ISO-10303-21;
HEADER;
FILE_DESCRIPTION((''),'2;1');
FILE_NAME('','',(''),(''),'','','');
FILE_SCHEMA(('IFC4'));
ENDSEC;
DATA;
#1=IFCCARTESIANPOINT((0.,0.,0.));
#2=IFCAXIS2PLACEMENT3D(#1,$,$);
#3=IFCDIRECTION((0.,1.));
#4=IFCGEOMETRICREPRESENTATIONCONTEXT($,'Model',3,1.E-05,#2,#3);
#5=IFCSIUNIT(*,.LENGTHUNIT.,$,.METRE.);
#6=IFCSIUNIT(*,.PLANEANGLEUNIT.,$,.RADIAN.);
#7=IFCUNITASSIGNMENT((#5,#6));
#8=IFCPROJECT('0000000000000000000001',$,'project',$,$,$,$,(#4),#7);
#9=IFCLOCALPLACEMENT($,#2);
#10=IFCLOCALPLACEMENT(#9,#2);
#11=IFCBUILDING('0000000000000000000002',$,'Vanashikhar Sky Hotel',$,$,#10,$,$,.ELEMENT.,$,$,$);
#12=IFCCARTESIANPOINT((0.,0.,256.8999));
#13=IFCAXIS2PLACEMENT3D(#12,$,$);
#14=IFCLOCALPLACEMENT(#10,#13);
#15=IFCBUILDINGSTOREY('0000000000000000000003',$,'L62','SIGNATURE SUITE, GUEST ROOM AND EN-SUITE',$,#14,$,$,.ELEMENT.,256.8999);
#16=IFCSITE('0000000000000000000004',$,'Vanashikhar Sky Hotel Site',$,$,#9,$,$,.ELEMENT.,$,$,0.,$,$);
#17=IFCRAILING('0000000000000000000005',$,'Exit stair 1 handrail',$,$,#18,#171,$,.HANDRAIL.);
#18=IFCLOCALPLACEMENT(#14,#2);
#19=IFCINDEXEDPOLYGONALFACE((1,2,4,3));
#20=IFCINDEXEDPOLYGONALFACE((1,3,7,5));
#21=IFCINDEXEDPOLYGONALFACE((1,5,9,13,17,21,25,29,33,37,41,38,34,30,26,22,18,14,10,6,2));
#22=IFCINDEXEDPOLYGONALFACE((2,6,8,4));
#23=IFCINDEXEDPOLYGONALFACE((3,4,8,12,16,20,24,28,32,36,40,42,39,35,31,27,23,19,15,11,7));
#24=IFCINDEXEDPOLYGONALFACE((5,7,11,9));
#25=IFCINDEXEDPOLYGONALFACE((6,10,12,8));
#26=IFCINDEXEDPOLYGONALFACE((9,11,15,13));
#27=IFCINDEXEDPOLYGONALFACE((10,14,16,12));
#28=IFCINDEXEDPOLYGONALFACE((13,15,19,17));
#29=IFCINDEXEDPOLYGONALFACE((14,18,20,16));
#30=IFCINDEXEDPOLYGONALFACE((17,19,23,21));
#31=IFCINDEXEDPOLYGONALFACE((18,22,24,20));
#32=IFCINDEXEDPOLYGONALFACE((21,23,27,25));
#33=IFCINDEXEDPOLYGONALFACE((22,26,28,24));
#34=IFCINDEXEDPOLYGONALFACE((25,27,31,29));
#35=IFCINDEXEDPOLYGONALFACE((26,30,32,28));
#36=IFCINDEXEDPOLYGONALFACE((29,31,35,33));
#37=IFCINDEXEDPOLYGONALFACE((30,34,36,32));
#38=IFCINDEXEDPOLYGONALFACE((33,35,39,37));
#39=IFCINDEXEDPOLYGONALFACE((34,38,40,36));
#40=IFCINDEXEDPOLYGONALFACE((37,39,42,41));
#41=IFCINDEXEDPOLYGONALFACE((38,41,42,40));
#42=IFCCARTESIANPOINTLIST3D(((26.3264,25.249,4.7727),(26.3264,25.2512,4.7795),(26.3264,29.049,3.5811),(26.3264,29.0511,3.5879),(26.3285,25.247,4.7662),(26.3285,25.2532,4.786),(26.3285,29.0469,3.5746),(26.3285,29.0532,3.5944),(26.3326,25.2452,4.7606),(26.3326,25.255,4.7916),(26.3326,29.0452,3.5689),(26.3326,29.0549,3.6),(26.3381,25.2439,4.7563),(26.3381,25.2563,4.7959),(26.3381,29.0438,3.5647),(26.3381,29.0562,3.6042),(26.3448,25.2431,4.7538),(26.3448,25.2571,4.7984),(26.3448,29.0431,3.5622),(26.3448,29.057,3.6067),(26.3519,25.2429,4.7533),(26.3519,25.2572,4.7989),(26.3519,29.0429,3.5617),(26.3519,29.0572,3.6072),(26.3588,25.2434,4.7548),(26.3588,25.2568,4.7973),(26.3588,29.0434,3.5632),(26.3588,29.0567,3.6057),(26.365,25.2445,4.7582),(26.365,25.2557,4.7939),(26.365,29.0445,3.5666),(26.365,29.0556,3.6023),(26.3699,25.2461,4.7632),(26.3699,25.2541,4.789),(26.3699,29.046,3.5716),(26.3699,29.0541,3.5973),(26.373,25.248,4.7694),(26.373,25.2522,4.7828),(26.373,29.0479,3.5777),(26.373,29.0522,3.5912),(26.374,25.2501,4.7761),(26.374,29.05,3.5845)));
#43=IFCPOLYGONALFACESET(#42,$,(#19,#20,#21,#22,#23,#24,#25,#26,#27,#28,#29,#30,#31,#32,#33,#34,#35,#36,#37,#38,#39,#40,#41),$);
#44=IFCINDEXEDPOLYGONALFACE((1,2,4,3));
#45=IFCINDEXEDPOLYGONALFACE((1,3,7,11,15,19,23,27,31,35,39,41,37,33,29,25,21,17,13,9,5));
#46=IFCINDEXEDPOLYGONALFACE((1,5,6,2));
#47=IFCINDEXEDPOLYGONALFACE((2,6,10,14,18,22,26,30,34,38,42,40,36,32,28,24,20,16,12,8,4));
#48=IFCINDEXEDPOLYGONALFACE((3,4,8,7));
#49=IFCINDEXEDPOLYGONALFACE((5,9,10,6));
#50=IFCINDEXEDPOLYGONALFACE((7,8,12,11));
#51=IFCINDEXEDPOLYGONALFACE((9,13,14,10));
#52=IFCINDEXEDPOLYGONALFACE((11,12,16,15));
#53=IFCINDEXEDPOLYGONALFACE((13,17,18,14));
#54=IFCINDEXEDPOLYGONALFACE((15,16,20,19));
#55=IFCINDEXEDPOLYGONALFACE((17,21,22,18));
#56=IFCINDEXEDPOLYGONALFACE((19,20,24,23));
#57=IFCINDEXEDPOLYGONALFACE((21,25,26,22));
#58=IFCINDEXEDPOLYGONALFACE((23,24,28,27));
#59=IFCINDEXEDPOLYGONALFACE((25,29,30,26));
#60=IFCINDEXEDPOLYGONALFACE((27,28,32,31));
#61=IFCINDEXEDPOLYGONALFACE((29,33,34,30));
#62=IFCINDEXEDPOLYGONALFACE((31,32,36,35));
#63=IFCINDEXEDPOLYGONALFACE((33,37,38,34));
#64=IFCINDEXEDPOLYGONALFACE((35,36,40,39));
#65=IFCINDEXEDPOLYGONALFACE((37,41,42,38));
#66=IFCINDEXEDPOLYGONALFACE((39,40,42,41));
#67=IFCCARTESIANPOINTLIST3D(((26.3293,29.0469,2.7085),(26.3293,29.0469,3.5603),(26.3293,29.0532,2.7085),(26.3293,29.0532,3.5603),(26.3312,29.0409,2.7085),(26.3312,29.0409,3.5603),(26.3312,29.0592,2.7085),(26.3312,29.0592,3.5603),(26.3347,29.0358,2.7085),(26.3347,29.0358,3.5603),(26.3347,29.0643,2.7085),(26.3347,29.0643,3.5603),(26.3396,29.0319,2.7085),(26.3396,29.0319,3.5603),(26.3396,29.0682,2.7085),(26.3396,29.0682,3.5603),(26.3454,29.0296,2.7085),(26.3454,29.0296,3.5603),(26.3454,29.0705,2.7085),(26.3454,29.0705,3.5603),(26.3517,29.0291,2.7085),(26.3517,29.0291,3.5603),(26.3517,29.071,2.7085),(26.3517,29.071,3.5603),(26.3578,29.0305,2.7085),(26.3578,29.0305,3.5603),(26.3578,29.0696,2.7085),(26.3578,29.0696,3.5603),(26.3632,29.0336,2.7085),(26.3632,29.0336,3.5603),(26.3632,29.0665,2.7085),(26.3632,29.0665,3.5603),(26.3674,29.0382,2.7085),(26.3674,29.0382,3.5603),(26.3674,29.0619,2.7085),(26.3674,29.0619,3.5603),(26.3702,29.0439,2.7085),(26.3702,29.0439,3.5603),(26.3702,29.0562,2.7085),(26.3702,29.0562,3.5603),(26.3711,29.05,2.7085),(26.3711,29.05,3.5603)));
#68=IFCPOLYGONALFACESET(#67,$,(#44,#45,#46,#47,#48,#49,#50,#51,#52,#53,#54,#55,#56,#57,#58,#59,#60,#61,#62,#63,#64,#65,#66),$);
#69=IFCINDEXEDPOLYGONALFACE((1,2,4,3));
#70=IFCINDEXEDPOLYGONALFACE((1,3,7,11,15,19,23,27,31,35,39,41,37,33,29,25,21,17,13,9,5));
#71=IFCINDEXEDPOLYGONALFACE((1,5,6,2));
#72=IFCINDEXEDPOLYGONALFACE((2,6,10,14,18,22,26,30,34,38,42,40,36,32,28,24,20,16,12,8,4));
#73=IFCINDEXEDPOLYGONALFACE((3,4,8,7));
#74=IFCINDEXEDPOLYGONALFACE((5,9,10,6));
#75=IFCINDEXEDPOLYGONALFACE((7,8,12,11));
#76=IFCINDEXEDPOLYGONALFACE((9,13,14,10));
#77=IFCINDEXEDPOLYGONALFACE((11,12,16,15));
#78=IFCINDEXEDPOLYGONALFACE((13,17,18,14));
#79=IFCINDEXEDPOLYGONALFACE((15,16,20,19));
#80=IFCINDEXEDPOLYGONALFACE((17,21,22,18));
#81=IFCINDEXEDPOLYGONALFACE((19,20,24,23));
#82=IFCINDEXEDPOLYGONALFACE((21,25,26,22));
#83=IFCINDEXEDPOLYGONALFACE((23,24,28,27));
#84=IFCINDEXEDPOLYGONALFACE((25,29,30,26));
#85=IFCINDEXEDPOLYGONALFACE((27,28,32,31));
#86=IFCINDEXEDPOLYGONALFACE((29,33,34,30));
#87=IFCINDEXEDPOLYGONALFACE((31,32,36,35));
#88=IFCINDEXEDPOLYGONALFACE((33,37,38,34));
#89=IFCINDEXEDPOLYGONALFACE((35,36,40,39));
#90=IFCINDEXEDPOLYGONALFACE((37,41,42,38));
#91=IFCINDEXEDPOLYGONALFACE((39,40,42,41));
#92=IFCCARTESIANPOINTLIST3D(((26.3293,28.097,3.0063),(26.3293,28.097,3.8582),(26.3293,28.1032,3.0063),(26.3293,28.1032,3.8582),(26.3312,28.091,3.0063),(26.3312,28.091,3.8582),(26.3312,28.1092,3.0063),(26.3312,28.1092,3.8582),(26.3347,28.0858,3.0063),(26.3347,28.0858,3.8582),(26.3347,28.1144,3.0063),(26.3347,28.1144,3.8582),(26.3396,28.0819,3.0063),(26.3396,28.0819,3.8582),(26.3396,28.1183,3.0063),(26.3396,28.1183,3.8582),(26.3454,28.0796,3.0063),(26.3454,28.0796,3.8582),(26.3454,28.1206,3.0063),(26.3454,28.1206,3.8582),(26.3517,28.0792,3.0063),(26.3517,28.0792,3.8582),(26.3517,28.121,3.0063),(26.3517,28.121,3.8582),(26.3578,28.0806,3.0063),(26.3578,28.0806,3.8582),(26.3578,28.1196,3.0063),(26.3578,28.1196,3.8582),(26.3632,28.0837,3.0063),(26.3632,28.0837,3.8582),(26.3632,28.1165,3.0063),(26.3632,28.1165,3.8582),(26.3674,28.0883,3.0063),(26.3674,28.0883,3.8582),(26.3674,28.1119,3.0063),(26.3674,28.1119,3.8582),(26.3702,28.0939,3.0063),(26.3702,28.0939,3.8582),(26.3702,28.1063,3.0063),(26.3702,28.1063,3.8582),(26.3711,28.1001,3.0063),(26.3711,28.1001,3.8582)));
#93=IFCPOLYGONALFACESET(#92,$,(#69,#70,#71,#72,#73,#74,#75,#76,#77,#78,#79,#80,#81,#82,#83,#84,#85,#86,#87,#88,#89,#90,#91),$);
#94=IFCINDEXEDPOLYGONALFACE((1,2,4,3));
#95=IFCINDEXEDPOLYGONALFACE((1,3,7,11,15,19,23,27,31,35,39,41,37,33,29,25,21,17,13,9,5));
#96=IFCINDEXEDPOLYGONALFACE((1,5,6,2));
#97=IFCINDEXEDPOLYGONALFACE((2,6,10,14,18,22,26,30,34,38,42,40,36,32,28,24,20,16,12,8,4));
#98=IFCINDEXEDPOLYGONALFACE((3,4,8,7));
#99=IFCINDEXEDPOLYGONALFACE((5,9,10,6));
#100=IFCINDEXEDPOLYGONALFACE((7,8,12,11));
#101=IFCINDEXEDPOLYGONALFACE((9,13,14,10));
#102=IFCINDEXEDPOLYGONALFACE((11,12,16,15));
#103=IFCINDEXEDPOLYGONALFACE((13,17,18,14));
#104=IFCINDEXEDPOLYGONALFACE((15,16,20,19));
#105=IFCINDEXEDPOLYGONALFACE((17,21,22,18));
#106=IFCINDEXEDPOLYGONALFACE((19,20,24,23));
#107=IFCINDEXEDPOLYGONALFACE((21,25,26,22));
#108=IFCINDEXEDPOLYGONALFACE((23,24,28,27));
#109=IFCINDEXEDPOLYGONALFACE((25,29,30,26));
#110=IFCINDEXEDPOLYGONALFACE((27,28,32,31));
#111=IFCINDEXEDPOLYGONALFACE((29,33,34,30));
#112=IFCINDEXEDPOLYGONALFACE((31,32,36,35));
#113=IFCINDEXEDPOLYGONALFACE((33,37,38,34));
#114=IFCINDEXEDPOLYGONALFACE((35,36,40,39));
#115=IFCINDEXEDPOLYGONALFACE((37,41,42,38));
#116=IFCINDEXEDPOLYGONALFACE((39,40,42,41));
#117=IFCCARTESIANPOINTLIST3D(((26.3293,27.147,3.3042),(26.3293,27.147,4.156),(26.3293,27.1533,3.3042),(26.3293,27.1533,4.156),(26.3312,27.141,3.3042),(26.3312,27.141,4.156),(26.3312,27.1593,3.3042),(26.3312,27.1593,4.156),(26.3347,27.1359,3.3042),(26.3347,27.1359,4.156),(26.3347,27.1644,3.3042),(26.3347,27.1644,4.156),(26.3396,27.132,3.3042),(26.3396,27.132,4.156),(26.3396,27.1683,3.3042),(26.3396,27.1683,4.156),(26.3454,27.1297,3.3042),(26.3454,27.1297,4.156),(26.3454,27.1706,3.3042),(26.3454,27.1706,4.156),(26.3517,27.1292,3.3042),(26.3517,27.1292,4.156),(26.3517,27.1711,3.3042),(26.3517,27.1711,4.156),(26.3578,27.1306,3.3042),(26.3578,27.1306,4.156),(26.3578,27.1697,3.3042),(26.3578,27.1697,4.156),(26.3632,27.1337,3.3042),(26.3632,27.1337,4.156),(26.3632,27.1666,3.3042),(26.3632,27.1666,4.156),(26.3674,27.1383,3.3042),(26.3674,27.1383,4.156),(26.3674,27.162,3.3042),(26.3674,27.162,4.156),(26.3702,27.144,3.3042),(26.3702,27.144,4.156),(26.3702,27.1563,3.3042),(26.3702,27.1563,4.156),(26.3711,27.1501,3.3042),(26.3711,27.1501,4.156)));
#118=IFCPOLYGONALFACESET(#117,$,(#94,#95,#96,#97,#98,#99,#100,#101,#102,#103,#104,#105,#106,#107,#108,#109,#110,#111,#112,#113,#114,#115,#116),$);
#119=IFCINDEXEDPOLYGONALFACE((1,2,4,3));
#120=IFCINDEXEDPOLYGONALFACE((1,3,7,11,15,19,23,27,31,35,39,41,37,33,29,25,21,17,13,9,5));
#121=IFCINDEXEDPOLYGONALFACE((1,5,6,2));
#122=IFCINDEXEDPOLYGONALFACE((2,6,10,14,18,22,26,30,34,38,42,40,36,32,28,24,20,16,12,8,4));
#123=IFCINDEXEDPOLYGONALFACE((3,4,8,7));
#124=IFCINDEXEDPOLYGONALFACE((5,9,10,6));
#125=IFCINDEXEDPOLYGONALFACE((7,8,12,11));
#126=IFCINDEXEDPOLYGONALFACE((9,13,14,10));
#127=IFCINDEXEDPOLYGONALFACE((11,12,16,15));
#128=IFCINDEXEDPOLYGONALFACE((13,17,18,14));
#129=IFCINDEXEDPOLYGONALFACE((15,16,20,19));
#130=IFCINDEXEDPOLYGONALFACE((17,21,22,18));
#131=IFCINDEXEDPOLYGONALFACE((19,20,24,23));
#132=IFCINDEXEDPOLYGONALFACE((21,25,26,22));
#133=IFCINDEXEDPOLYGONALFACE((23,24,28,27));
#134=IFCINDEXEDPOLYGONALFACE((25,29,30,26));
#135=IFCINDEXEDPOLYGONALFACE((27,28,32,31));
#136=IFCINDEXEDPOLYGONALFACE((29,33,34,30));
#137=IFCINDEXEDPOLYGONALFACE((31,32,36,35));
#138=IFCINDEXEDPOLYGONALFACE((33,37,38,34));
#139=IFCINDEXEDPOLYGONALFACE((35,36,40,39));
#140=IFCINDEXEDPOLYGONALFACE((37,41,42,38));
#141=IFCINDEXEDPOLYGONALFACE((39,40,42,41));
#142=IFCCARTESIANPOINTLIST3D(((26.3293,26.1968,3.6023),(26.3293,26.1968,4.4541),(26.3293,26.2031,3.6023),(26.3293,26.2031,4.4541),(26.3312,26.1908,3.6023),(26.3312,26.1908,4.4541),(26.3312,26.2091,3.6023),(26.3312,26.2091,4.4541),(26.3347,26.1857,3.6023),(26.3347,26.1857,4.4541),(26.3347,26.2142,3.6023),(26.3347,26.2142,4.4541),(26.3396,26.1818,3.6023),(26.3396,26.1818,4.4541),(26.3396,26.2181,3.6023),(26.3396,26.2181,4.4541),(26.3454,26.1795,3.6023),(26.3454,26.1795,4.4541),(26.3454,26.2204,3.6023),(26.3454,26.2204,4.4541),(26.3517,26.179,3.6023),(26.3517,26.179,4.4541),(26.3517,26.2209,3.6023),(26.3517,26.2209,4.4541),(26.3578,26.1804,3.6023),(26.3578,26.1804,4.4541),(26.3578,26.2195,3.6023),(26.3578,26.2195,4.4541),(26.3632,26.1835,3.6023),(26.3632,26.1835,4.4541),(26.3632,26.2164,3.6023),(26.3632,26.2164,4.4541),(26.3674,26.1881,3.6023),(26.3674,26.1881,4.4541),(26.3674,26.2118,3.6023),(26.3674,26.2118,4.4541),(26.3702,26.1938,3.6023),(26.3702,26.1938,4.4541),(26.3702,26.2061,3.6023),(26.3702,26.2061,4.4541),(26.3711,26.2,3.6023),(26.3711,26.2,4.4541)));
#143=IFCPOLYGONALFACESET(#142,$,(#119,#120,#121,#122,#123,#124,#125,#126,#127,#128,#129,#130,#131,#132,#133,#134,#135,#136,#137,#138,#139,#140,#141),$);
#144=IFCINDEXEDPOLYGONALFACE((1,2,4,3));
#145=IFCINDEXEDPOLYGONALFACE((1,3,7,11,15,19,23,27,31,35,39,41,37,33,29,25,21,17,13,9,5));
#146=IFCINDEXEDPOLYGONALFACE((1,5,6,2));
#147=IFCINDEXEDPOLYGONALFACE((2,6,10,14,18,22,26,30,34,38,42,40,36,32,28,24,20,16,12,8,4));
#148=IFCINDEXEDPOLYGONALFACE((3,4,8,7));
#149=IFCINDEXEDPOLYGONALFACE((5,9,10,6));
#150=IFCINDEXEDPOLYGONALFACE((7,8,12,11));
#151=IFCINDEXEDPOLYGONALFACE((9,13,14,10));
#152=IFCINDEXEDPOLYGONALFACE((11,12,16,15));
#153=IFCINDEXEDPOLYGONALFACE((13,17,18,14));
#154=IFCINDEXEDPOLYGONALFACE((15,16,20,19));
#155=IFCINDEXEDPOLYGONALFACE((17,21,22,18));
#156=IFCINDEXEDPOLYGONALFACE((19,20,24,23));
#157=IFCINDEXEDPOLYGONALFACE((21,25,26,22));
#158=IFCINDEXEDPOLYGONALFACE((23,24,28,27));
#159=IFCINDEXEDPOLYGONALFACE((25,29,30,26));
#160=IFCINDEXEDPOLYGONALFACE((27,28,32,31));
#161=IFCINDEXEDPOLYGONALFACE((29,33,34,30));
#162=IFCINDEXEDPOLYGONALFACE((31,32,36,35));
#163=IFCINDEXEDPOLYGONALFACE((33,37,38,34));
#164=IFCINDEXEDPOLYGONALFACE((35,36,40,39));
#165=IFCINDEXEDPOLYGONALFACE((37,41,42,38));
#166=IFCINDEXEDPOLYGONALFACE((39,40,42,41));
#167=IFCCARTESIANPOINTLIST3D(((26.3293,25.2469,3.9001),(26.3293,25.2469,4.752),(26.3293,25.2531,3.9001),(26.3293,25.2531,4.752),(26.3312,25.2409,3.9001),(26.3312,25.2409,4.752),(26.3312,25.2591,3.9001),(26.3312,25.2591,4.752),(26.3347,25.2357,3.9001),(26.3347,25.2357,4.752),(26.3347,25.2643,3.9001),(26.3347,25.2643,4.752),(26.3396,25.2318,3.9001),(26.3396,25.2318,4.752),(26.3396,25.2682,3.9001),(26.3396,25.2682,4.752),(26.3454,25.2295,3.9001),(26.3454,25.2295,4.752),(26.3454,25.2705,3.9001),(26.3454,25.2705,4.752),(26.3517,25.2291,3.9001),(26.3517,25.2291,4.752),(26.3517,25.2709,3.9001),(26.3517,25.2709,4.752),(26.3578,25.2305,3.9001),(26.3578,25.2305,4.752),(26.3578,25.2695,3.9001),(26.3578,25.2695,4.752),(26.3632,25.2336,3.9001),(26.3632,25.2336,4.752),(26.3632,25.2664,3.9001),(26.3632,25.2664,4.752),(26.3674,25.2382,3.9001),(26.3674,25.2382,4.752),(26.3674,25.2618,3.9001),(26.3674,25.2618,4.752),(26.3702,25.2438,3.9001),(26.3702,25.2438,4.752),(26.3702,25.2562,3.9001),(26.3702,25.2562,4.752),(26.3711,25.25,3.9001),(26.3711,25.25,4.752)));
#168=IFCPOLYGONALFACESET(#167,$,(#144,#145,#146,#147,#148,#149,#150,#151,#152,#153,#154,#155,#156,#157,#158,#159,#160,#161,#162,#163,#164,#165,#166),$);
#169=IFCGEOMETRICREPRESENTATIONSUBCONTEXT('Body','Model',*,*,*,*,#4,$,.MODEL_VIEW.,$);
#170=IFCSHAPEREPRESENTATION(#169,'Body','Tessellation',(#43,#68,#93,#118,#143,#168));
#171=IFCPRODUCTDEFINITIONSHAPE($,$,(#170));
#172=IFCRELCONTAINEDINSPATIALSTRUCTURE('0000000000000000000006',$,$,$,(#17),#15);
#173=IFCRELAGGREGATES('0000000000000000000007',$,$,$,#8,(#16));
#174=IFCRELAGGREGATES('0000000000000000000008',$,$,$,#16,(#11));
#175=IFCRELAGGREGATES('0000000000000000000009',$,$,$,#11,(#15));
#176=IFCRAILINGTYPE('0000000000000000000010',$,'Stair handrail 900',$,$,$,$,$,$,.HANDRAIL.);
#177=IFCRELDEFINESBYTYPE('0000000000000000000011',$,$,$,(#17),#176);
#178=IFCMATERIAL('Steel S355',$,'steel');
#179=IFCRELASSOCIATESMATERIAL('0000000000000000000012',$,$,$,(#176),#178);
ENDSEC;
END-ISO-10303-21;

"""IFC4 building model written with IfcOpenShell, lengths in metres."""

from ifc_helpers import new_model, si_unit, direction, frame, origin, origin_2d, place, context, subcontext, project, spatial, circle, extrude, source, transform, mapped, material, type_object, element, save


model = new_model("IFC4")

# Units and contexts
model_context = context("Model", 3, precision=1e-05, world=origin(), true_north=direction((0.0, 1.0)))
body_context = subcontext(model_context, "Body", "Model", "MODEL_VIEW")
ifc_project = project(units=[si_unit("LENGTHUNIT", "METRE"), si_unit("PLANEANGLEUNIT", "RADIAN")], contexts=[model_context])

# Site, building, storey
site_placement = place(None, origin())
site = spatial("IfcSite", under=ifc_project, at=site_placement, Name="Vanashikhar Sky Hotel Site", CompositionType="ELEMENT", RefElevation=0.0)
building_placement = place(site_placement, origin())
building = spatial("IfcBuilding", under=site, at=building_placement, Name="Vanashikhar Sky Hotel", CompositionType="ELEMENT")
storey_placement = place(building_placement, frame((0.0, 0.0, 256.8999)))
storey = spatial("IfcBuildingStorey", under=building, at=storey_placement, Name="L62", Description="SIGNATURE SUITE, GUEST ROOM AND EN-SUITE", CompositionType="ELEMENT", Elevation=256.8999)

# Railing
ifc_material_1 = material(Name="Steel S355", Category="steel")
railing_type_1 = type_object("IfcRailingType", Name="Stair handrail 900", PredefinedType="HANDRAIL", material=ifc_material_1)
shared_shape_1 = source(origin(), body_context, "Body", "SweptSolid", [
    extrude(circle(Radius=0.0239, at=origin_2d()), frame((0.0, 0.0, 0.876), z_axis=(0.0, -0.954184, 0.299221), x_axis=(1.0, 0.0, 0.0)), (0.0, 0.0, 1.0), 3.9824),
    extrude(circle(Radius=0.021, at=origin_2d()), origin(), (0.0, 0.0, 1.0), 0.8518),
    extrude(circle(Radius=0.021, at=origin_2d()), frame((0.0, -0.95, 0.2979)), (0.0, 0.0, 1.0), 0.8518),
    extrude(circle(Radius=0.021, at=origin_2d()), frame((0.0, -1.8999, 0.5957)), (0.0, 0.0, 1.0), 0.8518),
    extrude(circle(Radius=0.021, at=origin_2d()), frame((0.0, -2.8501, 0.8938)), (0.0, 0.0, 1.0), 0.8518),
    extrude(circle(Radius=0.021, at=origin_2d()), frame((0.0, -3.8, 1.1917)), (0.0, 0.0, 1.0), 0.8518),
])
for number, where, name in (
    (1, (26.3501, 29.05, 2.7085), "Exit stair 1 handrail"),
):
    element("IfcRailing", number, at=place(storey_placement, frame(where)), inside=storey, type_object=railing_type_1, Name=name, PredefinedType="HANDRAIL", context=body_context, shape_type="MappedRepresentation", body=[
        mapped(shared_shape_1, transform((0.0, 0.0, 0.0), scale=1.0)),
    ])

save(model, "model.ifc")
